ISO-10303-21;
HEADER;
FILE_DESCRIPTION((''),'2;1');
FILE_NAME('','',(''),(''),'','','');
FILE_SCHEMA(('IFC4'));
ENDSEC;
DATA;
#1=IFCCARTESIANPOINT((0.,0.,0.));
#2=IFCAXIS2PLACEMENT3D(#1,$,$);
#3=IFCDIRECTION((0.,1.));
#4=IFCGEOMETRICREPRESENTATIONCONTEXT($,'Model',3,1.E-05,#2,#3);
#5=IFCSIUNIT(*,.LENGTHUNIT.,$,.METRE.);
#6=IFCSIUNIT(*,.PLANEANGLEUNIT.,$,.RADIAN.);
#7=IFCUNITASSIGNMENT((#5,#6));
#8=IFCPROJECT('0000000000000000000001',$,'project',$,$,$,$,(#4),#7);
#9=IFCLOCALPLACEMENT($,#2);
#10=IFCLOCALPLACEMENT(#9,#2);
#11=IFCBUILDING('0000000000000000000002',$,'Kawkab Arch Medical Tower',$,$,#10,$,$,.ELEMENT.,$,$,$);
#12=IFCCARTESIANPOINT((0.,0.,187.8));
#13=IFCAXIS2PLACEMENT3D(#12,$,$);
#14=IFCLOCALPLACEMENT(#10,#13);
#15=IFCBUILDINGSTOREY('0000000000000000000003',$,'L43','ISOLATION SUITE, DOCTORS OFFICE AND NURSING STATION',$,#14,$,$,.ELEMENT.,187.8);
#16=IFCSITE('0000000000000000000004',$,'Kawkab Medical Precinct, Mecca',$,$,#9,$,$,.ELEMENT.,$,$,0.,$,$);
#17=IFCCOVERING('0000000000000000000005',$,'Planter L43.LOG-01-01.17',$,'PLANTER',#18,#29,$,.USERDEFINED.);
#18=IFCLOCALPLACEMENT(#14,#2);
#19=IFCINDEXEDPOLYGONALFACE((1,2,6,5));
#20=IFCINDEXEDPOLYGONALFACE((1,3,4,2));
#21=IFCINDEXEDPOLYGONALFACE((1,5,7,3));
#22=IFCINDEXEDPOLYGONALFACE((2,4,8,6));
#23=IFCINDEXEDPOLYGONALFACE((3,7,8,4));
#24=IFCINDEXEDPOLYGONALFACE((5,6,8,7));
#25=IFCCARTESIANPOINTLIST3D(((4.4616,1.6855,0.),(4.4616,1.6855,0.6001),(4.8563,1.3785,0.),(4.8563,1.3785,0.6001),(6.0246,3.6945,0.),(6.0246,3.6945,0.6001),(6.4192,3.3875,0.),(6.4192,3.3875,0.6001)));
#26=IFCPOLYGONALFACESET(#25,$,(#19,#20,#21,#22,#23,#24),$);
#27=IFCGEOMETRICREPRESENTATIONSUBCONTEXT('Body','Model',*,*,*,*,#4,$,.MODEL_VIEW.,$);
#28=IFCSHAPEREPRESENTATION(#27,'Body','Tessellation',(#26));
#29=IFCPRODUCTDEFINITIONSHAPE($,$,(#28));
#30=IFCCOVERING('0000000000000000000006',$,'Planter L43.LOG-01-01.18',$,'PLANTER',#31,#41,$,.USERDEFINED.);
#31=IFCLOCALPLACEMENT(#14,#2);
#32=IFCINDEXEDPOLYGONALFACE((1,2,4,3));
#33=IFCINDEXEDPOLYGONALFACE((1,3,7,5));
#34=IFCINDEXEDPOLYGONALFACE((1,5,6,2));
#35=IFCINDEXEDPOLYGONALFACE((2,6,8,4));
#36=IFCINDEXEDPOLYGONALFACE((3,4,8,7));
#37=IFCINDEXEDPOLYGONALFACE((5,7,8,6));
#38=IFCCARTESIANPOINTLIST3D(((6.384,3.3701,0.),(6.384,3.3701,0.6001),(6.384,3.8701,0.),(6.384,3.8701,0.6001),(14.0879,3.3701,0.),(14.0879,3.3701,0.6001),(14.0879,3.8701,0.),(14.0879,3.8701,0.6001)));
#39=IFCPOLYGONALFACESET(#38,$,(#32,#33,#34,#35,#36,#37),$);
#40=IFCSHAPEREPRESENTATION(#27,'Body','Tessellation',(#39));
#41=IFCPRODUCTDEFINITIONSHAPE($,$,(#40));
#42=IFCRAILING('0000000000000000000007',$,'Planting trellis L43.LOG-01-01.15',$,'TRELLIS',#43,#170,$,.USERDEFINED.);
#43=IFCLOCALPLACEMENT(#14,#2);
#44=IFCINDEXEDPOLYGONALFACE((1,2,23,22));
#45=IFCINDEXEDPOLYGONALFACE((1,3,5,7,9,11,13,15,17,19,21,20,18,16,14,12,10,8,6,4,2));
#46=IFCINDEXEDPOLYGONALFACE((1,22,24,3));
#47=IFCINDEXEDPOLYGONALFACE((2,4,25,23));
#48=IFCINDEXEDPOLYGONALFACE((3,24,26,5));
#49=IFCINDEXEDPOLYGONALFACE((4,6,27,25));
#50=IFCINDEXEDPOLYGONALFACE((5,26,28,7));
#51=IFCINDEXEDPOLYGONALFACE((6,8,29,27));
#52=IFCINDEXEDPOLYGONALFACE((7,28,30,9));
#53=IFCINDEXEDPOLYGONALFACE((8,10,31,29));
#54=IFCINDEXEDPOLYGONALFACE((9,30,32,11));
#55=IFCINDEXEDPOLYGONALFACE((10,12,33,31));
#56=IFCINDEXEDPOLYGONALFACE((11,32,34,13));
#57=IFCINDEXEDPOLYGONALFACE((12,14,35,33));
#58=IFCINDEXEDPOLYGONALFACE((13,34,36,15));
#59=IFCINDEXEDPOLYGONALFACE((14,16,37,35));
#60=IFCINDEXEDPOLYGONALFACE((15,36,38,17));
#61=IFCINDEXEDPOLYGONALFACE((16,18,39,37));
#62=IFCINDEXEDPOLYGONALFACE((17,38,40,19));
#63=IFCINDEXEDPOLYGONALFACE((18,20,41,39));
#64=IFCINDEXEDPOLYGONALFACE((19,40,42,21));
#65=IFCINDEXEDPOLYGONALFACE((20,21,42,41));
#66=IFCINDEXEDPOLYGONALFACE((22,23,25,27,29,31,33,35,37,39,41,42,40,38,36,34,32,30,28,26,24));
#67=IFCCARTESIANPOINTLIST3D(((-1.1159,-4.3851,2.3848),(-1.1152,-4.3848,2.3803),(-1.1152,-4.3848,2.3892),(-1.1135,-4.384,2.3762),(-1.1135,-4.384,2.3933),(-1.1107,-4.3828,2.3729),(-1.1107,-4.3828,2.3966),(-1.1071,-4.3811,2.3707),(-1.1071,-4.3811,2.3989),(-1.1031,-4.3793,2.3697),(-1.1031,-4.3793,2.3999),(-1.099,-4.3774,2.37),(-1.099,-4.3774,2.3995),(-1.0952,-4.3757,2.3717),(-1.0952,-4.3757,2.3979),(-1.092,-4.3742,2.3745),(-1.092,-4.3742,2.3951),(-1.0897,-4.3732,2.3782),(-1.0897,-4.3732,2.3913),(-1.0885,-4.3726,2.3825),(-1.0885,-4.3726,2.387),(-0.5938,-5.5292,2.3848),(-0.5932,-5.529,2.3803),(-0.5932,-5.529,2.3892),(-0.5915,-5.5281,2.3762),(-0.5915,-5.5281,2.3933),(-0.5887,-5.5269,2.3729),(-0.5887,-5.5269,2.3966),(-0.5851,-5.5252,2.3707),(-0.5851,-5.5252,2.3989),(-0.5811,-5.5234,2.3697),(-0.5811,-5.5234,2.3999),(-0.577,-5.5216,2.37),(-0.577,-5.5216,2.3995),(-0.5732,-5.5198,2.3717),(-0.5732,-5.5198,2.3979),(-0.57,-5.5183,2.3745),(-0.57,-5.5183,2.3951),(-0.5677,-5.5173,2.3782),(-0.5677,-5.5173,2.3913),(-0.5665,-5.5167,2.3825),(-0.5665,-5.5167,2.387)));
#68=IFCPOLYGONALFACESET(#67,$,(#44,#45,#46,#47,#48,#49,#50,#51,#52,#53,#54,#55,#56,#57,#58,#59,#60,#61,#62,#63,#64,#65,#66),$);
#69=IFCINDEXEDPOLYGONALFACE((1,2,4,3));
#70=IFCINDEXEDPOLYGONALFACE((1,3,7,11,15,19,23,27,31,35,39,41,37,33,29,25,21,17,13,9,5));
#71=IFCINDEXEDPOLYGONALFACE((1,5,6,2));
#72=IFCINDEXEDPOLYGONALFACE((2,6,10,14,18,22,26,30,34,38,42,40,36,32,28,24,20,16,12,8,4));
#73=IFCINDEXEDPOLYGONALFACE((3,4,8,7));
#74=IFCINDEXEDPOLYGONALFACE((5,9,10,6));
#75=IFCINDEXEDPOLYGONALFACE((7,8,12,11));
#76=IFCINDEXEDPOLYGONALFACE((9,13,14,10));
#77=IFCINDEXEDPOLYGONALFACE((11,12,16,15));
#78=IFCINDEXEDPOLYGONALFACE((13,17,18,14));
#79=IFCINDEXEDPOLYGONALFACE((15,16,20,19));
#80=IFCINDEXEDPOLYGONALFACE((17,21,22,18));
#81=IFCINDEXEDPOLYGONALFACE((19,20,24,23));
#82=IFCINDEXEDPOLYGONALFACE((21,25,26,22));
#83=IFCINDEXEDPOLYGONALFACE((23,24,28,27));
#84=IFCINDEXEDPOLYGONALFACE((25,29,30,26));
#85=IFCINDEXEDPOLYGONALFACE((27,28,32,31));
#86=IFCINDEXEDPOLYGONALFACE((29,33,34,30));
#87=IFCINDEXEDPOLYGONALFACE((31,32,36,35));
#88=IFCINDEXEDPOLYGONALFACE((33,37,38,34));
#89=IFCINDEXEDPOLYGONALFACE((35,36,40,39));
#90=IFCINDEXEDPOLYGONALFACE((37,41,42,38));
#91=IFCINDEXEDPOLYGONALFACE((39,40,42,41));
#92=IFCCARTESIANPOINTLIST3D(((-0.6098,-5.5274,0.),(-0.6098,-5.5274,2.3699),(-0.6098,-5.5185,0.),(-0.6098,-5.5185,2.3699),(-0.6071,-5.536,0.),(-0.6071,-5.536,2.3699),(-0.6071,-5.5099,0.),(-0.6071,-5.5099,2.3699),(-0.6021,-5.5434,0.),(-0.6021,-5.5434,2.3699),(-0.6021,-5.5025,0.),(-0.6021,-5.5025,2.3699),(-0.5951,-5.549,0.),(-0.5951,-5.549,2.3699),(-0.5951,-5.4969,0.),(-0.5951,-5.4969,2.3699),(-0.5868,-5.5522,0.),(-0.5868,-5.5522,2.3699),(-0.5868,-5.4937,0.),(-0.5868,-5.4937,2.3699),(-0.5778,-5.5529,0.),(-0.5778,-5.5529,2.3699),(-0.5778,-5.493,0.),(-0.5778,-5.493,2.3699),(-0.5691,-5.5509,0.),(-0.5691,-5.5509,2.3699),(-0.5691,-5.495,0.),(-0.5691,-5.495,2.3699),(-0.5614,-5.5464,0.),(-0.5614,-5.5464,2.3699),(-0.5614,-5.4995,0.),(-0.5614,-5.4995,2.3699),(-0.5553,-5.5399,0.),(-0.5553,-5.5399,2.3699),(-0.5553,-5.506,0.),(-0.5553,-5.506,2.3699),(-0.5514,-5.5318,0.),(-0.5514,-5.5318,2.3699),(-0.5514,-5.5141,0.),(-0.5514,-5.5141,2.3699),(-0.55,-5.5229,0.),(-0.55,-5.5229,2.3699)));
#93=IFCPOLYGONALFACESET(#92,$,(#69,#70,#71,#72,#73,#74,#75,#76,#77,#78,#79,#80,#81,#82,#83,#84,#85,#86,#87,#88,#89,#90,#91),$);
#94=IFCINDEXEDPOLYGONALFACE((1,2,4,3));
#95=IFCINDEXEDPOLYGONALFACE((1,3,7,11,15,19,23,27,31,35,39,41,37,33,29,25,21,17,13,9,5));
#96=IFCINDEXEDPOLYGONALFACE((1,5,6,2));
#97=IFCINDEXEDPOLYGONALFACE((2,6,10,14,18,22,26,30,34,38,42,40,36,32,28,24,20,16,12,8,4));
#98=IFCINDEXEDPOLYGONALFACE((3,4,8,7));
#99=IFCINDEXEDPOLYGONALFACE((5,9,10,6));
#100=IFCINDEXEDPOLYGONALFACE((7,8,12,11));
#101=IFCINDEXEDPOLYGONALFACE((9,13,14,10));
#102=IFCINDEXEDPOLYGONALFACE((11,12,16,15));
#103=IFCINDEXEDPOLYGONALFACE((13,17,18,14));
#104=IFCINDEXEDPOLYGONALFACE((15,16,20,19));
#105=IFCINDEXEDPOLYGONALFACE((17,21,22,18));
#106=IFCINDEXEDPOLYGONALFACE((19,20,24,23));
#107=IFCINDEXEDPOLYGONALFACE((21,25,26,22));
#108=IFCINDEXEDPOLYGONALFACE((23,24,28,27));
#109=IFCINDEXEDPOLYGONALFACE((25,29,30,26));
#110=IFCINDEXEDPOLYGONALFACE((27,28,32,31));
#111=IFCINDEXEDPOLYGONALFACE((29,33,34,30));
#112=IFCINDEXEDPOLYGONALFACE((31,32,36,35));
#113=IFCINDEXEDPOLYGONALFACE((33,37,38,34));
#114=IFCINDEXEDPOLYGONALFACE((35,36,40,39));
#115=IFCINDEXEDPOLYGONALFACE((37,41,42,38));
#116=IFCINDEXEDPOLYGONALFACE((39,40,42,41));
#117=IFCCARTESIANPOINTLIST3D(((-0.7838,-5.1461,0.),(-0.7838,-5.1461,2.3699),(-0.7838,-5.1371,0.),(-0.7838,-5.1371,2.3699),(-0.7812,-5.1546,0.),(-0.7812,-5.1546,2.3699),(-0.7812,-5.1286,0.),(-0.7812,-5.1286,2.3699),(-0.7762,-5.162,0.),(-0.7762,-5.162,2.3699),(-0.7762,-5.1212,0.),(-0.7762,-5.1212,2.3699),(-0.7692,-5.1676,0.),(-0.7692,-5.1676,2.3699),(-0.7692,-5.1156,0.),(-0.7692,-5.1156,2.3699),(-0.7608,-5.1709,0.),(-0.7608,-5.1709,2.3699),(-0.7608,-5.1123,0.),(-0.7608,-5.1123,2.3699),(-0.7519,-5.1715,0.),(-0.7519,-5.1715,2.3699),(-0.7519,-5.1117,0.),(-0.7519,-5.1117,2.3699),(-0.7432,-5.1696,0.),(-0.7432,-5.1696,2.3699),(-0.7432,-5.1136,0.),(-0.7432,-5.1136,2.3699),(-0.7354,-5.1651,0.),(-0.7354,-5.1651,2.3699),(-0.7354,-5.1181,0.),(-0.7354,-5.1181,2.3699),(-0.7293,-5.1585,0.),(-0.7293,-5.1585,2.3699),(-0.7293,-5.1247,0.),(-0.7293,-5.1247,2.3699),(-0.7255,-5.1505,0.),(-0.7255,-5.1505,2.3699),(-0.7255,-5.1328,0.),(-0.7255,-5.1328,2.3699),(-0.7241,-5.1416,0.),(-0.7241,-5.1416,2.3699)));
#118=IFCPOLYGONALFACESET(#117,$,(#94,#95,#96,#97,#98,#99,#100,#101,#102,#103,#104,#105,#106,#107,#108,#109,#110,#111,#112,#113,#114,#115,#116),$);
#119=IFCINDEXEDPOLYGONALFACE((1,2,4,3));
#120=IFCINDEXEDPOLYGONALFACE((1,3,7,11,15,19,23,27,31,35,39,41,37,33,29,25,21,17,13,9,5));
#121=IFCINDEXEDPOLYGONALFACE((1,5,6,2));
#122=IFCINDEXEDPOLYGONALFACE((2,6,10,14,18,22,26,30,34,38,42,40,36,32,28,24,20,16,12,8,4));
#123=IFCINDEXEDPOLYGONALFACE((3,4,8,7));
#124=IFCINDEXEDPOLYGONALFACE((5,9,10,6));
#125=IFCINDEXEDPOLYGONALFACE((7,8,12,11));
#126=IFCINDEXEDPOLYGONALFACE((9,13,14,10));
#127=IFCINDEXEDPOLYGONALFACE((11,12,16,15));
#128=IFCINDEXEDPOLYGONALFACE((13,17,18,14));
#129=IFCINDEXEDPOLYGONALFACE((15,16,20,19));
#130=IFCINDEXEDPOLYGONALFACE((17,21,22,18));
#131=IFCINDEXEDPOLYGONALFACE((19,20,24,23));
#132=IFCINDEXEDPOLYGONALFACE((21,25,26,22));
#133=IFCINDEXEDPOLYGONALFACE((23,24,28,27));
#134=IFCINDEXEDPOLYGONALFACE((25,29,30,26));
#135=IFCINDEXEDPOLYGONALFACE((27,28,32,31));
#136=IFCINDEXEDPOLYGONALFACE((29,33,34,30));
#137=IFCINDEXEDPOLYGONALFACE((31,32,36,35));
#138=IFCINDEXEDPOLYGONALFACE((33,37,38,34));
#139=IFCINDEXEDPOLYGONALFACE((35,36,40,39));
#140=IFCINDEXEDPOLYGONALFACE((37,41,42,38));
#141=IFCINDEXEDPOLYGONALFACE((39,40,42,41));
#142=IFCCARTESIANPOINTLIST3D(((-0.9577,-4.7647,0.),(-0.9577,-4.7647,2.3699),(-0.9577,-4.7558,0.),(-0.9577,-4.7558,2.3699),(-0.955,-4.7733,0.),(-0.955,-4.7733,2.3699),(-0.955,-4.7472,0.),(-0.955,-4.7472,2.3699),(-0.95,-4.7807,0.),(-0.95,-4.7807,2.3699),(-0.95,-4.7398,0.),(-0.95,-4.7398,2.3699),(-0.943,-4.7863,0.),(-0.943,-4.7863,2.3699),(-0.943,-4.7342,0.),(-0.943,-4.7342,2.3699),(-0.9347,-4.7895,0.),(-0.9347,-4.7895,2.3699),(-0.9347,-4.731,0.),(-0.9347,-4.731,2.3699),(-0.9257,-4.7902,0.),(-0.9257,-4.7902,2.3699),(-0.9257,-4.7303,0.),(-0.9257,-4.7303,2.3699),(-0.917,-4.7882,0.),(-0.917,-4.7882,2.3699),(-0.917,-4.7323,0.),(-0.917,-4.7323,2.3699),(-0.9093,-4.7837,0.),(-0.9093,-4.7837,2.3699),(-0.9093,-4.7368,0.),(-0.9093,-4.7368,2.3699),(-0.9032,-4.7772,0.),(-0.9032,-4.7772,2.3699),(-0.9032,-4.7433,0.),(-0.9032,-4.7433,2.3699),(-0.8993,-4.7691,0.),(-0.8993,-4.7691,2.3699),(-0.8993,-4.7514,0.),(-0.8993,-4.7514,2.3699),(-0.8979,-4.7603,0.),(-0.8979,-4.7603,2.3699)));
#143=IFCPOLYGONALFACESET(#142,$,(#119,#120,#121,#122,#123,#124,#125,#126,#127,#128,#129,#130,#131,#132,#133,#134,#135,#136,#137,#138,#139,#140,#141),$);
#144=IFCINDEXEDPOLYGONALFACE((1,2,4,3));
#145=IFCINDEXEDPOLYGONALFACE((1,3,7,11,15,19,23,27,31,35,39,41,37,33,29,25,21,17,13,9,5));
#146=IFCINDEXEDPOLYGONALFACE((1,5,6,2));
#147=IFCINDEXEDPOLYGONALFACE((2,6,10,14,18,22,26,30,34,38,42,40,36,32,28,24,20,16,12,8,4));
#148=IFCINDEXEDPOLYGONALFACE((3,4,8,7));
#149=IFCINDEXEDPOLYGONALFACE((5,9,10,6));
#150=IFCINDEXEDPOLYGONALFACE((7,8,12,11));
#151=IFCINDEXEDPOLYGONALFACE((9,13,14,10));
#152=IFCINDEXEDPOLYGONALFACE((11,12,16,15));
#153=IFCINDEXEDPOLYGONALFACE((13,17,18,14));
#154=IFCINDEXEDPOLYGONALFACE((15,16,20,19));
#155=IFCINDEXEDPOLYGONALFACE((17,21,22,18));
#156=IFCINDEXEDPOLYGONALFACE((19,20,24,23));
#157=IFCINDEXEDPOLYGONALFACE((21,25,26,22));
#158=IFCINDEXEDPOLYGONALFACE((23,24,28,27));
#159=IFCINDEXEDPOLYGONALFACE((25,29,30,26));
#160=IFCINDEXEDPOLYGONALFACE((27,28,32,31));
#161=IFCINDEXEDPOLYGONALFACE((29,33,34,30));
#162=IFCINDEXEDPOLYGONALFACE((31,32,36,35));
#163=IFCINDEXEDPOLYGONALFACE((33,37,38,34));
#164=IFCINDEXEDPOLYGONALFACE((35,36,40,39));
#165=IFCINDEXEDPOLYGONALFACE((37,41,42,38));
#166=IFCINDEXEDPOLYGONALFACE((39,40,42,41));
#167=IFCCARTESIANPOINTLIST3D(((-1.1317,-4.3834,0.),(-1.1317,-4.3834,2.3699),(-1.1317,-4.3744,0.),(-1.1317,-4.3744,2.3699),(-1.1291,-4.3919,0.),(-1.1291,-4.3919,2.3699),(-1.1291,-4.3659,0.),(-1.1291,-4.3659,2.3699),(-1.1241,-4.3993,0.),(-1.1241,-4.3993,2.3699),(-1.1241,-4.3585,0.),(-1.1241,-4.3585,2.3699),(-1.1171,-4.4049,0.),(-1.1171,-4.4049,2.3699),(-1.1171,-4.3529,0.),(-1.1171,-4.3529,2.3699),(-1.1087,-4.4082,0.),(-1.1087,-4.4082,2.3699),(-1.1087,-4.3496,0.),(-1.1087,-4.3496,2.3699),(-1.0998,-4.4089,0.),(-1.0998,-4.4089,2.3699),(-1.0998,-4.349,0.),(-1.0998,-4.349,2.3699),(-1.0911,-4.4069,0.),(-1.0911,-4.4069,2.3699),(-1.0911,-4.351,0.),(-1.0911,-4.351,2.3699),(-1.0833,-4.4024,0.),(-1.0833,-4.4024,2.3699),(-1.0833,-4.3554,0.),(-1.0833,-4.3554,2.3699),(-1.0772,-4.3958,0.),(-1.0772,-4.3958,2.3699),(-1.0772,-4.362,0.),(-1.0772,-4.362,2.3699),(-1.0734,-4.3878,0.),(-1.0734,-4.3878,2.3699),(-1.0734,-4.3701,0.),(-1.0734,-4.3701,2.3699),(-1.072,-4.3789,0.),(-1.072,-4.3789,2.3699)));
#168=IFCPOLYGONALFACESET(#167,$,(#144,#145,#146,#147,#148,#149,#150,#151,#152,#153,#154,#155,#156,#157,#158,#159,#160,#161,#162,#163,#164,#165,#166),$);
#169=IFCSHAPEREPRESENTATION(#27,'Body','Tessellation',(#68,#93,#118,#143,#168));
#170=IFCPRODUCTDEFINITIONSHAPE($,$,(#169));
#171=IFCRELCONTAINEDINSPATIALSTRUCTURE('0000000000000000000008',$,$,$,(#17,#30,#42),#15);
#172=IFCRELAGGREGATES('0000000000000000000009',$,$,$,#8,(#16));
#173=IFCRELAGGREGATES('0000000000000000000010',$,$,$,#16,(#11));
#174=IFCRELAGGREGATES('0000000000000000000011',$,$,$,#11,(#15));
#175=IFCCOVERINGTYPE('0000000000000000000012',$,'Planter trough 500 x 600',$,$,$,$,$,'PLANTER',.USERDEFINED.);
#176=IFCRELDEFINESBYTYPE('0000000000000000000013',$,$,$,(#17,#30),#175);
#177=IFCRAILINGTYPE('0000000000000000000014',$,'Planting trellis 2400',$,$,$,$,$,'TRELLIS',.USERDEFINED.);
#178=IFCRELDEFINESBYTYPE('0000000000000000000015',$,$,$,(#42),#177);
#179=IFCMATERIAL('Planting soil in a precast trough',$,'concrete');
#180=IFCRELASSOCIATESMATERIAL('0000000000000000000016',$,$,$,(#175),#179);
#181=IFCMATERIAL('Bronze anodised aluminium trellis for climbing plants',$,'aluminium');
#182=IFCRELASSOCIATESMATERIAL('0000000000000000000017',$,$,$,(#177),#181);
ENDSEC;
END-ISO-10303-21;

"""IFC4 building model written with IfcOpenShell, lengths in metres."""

from ifc_helpers import new_model, si_unit, direction, frame, origin, origin_2d, place, context, subcontext, project, spatial, rectangle, circle, extrude, material, material_profile, profile_set, type_object, element, save


model = new_model("IFC4")

# Units and contexts
model_context = context("Model", 3, precision=1e-05, world=origin(), true_north=direction((0.0, 1.0)))
body_context = subcontext(model_context, "Body", "Model", "MODEL_VIEW")
ifc_project = project(units=[si_unit("LENGTHUNIT", "METRE"), si_unit("PLANEANGLEUNIT", "RADIAN")], contexts=[model_context])

# Site, building, storey
site_placement = place(None, origin())
site = spatial("IfcSite", under=ifc_project, at=site_placement, Name="Kawkab Medical Precinct, Mecca", CompositionType="ELEMENT", RefElevation=0.0)
building_placement = place(site_placement, origin())
building = spatial("IfcBuilding", under=site, at=building_placement, Name="Kawkab Arch Medical Tower", CompositionType="ELEMENT")
storey_placement = place(building_placement, frame((0.0, 0.0, 187.8)))
storey = spatial("IfcBuildingStorey", under=building, at=storey_placement, Name="L43", Description="ISOLATION SUITE, DOCTORS OFFICE AND NURSING STATION", CompositionType="ELEMENT", Elevation=187.8)

# Coverings
ifc_material_1 = material(Name="Planting soil in a precast trough", Category="concrete")
ifc_material_profile_1 = material_profile(ifc_material_1, rectangle(XDim=0.5, YDim=0.6001, at=origin_2d()), Name="Trough 500x600")
ifc_profile_set_1 = profile_set([ifc_material_profile_1], Name="Planting soil in a precast trough")
covering_type = type_object("IfcCoveringType", Name="Planter trough 500 x 600", ElementType="PLANTER", PredefinedType="USERDEFINED", material=ifc_profile_set_1)
covering_1_placement = place(storey_placement, frame((4.6589, 1.532, 0.3), z_axis=(0.61404, 0.789275, 0.0), x_axis=(-0.789275, 0.61404, 0.0)))
element("IfcCovering", 1, at=covering_1_placement, inside=storey, type_object=covering_type, Name="Planter L43.LOG-01-01.17", ObjectType="PLANTER", PredefinedType="USERDEFINED", context=body_context, shape_type="SweptSolid", body=[
    extrude(rectangle(XDim=0.5, YDim=0.6001, at=origin_2d()), origin(), (0.0, 0.0, 1.0), 2.5454),
])
covering_2_placement = place(storey_placement, frame((6.384, 3.6201, 0.3), z_axis=(1.0, 0.0, 0.0), x_axis=(0.0, 1.0, 0.0)))
element("IfcCovering", 2, at=covering_2_placement, inside=storey, type_object=covering_type, Name="Planter L43.LOG-01-01.18", ObjectType="PLANTER", PredefinedType="USERDEFINED", context=body_context, shape_type="SweptSolid", body=[
    extrude(rectangle(XDim=0.5, YDim=0.6001, at=origin_2d()), origin(), (0.0, 0.0, 1.0), 7.7039),
])

# Railing
ifc_material_2 = material(Name="Bronze anodised aluminium trellis for climbing plants", Category="aluminium")
railing_type = type_object("IfcRailingType", Name="Planting trellis 2400", ElementType="TRELLIS", PredefinedType="USERDEFINED", material=ifc_material_2)
railing_1_placement = place(storey_placement, frame((-0.5801, -5.5229, 0.0)))
element("IfcRailing", 3, at=railing_1_placement, inside=storey, type_object=railing_type, Name="Planting trellis L43.LOG-01-01.15", ObjectType="TRELLIS", PredefinedType="USERDEFINED", context=body_context, shape_type="SweptSolid", body=[
    extrude(circle(Radius=0.0151, at=origin_2d()), frame((0.0, 0.0, 2.3848), z_axis=(-0.41509, 0.90978, 0.0), x_axis=(-0.90978, -0.41509, 0.0)), (0.0, 0.0, 1.0), 1.2576),
    extrude(circle(Radius=0.03, at=origin_2d()), origin(), (0.0, 0.0, 1.0), 2.3699),
    extrude(circle(Radius=0.03, at=origin_2d()), frame((-0.1741, 0.3813, 0.0)), (0.0, 0.0, 1.0), 2.3699),
    extrude(circle(Radius=0.03, at=origin_2d()), frame((-0.3479, 0.7627, 0.0)), (0.0, 0.0, 1.0), 2.3699),
    extrude(circle(Radius=0.03, at=origin_2d()), frame((-0.522, 1.144, 0.0)), (0.0, 0.0, 1.0), 2.3699),
])

save(model, "model.ifc")
